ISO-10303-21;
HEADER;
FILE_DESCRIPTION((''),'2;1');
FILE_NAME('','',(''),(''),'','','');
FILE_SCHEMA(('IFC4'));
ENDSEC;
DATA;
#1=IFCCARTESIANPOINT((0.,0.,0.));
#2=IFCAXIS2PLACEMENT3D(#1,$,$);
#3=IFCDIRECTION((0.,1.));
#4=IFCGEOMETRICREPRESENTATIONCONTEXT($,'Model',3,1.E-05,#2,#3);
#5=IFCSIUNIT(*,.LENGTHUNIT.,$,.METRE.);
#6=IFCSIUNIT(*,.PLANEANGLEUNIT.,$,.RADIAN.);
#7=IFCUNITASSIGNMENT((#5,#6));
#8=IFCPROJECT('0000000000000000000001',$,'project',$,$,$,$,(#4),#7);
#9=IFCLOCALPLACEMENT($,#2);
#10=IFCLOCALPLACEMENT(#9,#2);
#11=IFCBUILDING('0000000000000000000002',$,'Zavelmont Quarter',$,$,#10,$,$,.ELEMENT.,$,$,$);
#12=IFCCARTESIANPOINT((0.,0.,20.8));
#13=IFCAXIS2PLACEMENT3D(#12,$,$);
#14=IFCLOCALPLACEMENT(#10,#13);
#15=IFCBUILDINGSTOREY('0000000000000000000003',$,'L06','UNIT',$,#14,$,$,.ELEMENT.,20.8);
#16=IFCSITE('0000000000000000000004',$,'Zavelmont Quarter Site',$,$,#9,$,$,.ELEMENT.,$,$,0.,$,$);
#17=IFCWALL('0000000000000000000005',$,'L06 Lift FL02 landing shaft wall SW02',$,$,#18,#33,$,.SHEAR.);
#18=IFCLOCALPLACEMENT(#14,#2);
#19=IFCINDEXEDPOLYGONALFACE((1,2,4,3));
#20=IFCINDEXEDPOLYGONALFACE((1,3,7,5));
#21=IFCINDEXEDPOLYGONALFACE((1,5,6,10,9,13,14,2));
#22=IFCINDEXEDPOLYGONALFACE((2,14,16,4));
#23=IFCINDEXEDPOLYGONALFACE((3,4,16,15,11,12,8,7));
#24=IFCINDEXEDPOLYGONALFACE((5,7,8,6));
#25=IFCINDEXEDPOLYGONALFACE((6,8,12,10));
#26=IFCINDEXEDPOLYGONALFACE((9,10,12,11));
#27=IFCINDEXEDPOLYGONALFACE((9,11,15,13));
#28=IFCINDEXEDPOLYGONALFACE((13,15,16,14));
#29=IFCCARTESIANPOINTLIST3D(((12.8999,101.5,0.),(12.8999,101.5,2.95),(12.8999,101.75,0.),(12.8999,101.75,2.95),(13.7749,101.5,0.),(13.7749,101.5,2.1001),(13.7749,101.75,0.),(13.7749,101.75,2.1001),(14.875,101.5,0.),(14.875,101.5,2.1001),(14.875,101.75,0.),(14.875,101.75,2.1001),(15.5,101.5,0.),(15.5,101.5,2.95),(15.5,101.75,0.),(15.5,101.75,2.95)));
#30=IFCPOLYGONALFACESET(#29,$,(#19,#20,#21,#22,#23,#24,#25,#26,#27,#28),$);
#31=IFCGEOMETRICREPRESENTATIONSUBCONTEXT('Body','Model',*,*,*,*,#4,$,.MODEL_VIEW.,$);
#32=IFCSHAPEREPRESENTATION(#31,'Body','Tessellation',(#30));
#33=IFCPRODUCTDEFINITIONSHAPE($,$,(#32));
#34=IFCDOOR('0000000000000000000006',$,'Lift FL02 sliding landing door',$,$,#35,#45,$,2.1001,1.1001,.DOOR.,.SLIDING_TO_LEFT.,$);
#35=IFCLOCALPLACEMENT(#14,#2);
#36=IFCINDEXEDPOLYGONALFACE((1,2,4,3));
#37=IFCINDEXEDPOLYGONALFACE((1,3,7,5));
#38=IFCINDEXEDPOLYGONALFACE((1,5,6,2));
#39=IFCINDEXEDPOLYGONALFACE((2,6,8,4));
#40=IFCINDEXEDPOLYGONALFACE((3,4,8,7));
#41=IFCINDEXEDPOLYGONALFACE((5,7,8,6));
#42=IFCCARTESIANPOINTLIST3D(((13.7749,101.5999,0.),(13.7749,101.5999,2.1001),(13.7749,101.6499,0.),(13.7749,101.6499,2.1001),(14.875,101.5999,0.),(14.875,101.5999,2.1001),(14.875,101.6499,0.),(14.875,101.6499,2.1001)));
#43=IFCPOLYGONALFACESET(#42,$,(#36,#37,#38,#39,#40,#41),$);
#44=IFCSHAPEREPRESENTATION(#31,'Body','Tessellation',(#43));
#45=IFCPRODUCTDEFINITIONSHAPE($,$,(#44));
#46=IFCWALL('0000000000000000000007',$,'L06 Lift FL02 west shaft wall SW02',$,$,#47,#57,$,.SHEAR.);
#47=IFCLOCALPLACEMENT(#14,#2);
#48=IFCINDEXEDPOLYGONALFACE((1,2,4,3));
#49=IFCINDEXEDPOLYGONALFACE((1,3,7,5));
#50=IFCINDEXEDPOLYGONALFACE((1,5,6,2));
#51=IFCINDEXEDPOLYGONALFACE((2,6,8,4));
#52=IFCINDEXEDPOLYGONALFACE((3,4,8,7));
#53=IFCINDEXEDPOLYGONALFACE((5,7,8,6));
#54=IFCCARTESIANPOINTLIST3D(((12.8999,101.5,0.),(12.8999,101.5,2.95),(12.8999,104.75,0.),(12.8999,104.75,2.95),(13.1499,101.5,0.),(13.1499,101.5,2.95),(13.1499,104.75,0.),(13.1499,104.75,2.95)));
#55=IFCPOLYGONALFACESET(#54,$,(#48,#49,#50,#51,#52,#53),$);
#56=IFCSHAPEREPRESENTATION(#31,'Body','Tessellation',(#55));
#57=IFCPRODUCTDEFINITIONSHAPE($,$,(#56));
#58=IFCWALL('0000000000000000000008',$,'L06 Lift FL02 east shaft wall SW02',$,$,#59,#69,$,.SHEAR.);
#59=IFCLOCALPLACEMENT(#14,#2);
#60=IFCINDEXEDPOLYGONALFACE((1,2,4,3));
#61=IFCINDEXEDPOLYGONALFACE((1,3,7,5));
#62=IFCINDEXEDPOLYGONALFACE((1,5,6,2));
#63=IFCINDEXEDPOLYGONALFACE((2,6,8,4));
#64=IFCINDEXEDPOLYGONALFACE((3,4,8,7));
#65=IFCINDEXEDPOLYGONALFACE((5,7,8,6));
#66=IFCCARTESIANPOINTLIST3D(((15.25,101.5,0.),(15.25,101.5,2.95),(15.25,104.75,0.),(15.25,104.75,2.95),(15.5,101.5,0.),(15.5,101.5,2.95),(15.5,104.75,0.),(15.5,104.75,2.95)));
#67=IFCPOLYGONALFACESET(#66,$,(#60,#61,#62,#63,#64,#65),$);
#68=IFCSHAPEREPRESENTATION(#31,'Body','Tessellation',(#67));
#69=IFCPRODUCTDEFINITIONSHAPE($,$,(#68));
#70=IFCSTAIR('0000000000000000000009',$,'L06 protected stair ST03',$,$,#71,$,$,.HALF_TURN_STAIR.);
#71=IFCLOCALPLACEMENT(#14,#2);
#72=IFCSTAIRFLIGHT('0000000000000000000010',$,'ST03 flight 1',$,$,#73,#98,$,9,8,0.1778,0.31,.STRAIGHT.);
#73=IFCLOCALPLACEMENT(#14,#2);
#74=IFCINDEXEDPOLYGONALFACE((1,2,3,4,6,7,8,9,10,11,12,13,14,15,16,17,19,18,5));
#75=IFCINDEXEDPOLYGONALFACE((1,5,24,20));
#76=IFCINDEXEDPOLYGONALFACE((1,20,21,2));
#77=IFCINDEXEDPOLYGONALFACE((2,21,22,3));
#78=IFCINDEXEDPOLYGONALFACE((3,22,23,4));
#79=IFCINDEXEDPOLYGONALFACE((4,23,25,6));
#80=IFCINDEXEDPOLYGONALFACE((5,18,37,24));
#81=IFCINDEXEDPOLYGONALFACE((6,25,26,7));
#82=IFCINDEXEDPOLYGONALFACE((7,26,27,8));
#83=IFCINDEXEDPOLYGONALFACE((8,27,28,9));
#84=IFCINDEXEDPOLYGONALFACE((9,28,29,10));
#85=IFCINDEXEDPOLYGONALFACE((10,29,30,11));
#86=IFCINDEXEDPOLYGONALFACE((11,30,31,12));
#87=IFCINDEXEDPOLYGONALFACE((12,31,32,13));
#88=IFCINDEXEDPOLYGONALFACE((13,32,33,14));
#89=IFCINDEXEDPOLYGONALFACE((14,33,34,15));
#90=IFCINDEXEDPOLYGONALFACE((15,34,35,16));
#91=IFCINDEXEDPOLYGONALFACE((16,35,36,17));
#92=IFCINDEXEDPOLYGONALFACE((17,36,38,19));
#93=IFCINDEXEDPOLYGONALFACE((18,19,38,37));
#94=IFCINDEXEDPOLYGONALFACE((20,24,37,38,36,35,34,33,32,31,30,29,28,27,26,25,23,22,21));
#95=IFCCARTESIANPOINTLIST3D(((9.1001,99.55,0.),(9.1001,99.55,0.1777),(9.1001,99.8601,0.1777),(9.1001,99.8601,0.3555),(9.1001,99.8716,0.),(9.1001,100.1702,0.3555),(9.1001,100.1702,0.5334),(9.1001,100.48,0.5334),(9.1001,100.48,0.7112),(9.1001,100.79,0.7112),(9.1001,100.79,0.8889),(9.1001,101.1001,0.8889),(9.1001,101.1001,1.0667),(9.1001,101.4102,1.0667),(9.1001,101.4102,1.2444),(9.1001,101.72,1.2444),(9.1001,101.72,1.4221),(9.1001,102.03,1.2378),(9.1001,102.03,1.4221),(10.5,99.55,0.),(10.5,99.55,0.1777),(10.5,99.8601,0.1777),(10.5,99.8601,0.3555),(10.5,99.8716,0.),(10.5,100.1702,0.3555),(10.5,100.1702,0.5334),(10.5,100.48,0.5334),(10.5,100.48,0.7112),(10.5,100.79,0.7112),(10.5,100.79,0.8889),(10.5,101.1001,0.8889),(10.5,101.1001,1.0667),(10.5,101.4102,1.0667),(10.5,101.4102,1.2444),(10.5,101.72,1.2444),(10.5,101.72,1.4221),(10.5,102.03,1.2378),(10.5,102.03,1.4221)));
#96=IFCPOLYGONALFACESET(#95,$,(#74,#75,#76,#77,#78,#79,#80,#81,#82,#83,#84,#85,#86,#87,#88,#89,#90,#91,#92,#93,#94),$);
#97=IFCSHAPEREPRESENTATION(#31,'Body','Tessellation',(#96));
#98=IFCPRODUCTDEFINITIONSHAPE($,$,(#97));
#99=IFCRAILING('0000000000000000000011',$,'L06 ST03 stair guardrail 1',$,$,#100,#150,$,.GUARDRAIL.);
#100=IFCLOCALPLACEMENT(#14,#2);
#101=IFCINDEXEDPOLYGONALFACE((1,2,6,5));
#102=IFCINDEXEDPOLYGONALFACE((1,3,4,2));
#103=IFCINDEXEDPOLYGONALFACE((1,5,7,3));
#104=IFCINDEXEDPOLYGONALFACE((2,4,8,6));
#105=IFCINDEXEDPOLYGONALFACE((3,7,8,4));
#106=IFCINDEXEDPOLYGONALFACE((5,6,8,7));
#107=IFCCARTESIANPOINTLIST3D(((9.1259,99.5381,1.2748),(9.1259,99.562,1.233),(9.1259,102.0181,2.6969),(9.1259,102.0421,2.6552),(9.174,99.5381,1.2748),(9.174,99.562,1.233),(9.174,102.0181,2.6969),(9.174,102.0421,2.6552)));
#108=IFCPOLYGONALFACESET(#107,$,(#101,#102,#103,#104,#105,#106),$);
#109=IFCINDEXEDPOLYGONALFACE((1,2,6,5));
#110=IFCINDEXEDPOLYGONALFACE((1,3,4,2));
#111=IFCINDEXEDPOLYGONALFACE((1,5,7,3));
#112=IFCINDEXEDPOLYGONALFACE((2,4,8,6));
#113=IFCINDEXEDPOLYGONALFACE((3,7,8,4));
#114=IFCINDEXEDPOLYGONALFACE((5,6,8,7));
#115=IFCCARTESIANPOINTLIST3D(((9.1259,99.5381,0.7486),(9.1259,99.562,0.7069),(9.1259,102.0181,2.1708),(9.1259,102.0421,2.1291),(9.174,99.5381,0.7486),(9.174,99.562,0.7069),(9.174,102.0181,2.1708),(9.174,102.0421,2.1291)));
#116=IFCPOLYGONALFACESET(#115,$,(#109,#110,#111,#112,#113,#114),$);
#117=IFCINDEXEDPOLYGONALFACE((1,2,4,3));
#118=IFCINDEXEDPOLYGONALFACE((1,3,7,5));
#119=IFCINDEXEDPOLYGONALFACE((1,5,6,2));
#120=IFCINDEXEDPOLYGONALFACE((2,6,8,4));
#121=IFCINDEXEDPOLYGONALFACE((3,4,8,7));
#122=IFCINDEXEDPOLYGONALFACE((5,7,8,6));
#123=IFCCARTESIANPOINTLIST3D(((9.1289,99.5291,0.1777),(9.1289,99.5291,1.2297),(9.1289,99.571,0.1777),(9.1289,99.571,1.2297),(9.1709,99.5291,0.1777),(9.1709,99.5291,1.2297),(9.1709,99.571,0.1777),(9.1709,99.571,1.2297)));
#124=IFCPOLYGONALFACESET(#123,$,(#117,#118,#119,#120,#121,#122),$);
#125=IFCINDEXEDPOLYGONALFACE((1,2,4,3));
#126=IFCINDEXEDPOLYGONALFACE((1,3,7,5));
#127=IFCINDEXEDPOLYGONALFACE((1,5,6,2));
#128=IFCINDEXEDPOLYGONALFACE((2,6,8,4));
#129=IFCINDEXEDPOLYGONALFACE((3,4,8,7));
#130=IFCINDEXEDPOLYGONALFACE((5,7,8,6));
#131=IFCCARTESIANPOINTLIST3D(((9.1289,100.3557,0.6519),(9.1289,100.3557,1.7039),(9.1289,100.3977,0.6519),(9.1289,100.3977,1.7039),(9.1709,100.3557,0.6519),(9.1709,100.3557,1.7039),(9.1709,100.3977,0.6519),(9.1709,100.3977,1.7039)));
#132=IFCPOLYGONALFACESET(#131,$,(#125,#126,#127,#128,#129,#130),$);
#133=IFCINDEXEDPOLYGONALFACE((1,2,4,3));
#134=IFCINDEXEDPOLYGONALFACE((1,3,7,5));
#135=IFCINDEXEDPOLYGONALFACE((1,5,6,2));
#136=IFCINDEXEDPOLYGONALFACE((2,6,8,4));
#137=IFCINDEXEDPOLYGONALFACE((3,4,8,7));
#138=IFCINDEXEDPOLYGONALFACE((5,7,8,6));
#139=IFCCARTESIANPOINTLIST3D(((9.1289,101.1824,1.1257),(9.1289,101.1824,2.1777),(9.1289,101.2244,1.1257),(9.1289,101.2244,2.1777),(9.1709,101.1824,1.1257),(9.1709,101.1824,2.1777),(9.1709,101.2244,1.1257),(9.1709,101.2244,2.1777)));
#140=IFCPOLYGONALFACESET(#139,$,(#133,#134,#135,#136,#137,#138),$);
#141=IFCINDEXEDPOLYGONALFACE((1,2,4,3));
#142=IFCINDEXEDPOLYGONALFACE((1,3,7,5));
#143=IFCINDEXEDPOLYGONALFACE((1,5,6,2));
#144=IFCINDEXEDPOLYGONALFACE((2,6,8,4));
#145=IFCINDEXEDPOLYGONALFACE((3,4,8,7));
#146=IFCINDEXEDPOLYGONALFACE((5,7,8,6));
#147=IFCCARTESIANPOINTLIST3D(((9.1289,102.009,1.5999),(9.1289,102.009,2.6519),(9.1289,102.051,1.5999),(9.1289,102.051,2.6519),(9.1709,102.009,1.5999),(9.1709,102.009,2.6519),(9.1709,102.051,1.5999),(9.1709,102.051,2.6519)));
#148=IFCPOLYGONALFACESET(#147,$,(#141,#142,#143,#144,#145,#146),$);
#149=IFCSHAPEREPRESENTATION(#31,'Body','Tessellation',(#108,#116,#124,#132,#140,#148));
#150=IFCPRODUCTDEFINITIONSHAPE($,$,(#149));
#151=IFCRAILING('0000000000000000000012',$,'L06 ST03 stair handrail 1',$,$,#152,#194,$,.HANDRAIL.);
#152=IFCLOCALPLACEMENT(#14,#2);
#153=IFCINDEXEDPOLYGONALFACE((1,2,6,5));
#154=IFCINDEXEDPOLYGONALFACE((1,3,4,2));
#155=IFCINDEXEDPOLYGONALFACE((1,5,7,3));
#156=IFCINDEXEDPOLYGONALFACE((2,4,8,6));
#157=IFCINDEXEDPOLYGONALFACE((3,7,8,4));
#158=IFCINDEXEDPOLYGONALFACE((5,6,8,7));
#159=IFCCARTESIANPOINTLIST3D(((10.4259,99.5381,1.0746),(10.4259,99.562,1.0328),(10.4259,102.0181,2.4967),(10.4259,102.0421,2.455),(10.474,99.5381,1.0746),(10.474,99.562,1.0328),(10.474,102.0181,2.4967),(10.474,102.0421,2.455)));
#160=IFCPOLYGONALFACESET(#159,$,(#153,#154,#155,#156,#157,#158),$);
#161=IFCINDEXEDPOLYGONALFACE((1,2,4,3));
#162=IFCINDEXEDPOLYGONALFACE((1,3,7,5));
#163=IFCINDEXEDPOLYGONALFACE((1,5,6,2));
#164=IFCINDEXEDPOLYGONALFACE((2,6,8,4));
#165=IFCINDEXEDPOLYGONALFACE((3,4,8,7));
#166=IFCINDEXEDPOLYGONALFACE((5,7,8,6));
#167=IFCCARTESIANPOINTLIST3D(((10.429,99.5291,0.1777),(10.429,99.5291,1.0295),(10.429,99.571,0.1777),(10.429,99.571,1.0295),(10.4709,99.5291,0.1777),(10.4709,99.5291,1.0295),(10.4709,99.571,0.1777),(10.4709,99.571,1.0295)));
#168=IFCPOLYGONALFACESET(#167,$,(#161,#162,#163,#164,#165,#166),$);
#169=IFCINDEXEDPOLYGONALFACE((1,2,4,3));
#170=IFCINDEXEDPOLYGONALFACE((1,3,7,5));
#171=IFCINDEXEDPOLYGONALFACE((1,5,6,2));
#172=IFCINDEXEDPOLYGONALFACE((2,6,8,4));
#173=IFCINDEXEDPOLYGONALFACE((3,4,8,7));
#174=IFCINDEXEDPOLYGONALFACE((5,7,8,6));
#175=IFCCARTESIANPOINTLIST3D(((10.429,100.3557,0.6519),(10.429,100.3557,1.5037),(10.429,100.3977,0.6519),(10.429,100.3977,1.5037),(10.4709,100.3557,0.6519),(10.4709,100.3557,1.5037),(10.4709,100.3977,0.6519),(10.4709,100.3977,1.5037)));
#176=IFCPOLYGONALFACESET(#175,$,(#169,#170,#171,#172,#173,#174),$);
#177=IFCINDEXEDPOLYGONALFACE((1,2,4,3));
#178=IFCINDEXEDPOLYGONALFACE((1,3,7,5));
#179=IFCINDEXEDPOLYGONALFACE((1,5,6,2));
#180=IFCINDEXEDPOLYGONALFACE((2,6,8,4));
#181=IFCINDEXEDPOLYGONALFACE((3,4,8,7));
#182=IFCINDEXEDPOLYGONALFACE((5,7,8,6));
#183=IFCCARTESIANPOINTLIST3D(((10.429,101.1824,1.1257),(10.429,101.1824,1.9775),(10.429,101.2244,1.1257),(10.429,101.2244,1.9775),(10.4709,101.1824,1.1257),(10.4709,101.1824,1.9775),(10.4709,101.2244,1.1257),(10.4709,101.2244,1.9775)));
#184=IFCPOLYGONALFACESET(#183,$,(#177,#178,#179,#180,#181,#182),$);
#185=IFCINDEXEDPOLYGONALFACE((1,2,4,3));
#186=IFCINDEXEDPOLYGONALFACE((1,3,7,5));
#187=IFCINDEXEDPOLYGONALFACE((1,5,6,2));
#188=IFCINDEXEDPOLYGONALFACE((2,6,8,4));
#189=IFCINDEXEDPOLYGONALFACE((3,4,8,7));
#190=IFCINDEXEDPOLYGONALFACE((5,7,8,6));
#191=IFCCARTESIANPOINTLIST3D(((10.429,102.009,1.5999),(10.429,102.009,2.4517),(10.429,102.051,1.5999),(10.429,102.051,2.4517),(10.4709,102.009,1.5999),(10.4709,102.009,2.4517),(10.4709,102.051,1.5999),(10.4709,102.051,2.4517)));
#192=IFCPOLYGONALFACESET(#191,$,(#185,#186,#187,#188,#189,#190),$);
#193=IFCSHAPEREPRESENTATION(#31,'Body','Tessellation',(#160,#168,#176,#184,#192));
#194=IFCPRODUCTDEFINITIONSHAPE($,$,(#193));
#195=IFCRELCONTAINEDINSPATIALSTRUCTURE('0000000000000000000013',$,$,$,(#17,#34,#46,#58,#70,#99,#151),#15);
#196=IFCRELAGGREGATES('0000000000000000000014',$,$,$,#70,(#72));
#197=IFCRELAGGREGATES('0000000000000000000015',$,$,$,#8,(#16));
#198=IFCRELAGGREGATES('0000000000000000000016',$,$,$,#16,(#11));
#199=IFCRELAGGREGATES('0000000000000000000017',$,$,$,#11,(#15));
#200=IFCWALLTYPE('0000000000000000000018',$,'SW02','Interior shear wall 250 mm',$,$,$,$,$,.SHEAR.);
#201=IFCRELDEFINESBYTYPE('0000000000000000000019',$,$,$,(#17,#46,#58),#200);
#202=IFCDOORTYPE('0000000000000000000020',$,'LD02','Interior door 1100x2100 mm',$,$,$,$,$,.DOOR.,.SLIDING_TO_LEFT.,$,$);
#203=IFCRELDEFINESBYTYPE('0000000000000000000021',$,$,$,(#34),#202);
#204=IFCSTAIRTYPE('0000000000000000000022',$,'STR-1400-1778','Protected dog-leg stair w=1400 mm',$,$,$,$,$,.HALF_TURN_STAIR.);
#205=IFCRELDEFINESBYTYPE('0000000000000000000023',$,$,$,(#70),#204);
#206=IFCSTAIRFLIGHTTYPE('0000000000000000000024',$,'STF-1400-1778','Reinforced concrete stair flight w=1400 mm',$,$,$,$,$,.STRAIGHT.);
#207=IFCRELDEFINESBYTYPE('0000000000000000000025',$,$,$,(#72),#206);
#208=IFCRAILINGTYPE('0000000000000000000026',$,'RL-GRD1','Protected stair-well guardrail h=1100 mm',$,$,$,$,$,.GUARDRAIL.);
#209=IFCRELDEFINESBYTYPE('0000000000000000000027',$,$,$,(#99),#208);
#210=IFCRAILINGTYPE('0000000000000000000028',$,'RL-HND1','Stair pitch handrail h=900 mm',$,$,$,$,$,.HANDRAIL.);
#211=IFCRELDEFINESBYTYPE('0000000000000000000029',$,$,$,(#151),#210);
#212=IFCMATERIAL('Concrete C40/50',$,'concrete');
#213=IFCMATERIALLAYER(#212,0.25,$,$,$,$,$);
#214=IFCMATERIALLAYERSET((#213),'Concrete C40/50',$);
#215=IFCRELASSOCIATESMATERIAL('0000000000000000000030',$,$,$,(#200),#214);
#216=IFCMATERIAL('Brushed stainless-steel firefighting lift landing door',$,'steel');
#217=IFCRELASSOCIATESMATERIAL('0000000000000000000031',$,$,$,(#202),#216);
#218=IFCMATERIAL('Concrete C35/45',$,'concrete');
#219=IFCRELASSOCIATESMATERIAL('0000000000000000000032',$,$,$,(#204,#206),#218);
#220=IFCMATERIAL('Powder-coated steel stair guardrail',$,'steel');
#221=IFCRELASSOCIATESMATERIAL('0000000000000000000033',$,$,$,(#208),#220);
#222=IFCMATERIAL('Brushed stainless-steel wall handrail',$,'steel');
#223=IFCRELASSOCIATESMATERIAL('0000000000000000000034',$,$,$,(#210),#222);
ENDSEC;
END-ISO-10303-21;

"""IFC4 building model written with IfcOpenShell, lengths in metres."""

from ifc_helpers import new_model, si_unit, direction, frame, frame_2d, origin, origin_with_axes, origin_2d, place, context, subcontext, project, spatial, polyline, rectangle, outline, extrude, material, layer, layer_set, type_object, element, fill, aggregate, save


model = new_model("IFC4")

# Units and contexts
model_context = context("Model", 3, precision=1e-05, world=origin(), true_north=direction((0.0, 1.0)))
body_context = subcontext(model_context, "Body", "Model", "MODEL_VIEW")
ifc_project = project(units=[si_unit("LENGTHUNIT", "METRE"), si_unit("PLANEANGLEUNIT", "RADIAN")], contexts=[model_context])

# Site, building, storey
site_placement = place(None, origin())
site = spatial("IfcSite", under=ifc_project, at=site_placement, Name="Zavelmont Quarter Site", CompositionType="ELEMENT", RefElevation=0.0)
building_placement = place(site_placement, origin())
building = spatial("IfcBuilding", under=site, at=building_placement, Name="Zavelmont Quarter", CompositionType="ELEMENT")
storey_placement = place(building_placement, frame((0.0, 0.0, 20.8)))
storey = spatial("IfcBuildingStorey", under=building, at=storey_placement, Name="L06", Description="UNIT", CompositionType="ELEMENT", Elevation=20.8)

# Shared definitions
ifc_material_1 = material(Name="Concrete C35/45", Category="concrete")

# Wall, opening, door
ifc_material_2 = material(Name="Concrete C40/50", Category="concrete")
ifc_layer_1 = layer(ifc_material_2, 0.25)
ifc_layer_set_1 = layer_set([ifc_layer_1], Name="Concrete C40/50")
wall_type_1 = type_object("IfcWallType", Name="SW02", Description="Interior shear wall 250 mm", PredefinedType="SHEAR", material=ifc_layer_set_1)
wall_1_placement = place(storey_placement, frame((12.8999, 101.625, 0.0), z_axis=(0.0, 0.0, 1.0), x_axis=(1.0, 0.0, 0.0)))
wall_1 = element("IfcWall", 1, at=wall_1_placement, inside=storey, type_object=wall_type_1, Name="L06 Lift FL02 landing shaft wall SW02", PredefinedType="SHEAR", context=body_context, shape_type="SweptSolid", body=[
    extrude(rectangle(XDim=2.6001, YDim=0.25, at=frame_2d((1.3, 0.0))), origin(), (0.0, 0.0, 1.0), 2.95),
])
opening_1_placement = place(wall_1_placement, frame((0.875, 0.0, 0.0)))
opening_1 = element("IfcOpeningElement", 2, at=opening_1_placement, cuts=wall_1, PredefinedType="OPENING", context=body_context, shape_type="SweptSolid", body=[
    extrude(rectangle(XDim=1.1001, YDim=2.1001, at=frame_2d((0.55, 1.05))), frame((0.0, 0.137, 0.0), z_axis=(0.0, -1.0, 0.0), x_axis=(1.0, 0.0, 0.0)), (0.0, 0.0, 1.0), 0.2739),
])
ifc_material_3 = material(Name="Brushed stainless-steel firefighting lift landing door", Category="steel")
door_type_1 = type_object("IfcDoorType", Name="LD02", Description="Interior door 1100x2100 mm", OperationType="SLIDING_TO_LEFT", PredefinedType="DOOR", material=ifc_material_3)
door_1_placement = place(opening_1_placement, origin_with_axes())
door_1 = element("IfcDoor", 3, at=door_1_placement, inside=storey, type_object=door_type_1, Name="Lift FL02 sliding landing door", OperationType="SLIDING_TO_LEFT", OverallHeight=2.1001, OverallWidth=1.1001, PredefinedType="DOOR", context=body_context, shape_type="SweptSolid", body=[
    extrude(rectangle(XDim=1.1001, YDim=2.1001, at=frame_2d((0.55, 1.05))), frame((0.0, 0.0249, 0.0), z_axis=(0.0, -1.0, 0.0), x_axis=(1.0, 0.0, 0.0)), (0.0, 0.0, 1.0), 0.05),
])
fill(opening_1, door_1)

# Walls
for number, where, z_axis, x_axis, name in (
    (4, (13.0249, 101.5, 0.0), (0.0, 0.0, 1.0), (0.0, 1.0, 0.0), "L06 Lift FL02 west shaft wall SW02"),
    (5, (15.375, 101.5, 0.0), (0.0, 0.0, 1.0), (0.0, 1.0, 0.0), "L06 Lift FL02 east shaft wall SW02"),
):
    element("IfcWall", number, at=place(storey_placement, frame(where, z_axis=z_axis, x_axis=x_axis)), inside=storey, type_object=wall_type_1, Name=name, PredefinedType="SHEAR", context=body_context, shape_type="SweptSolid", body=[
        extrude(rectangle(XDim=3.25, YDim=0.25, at=frame_2d((1.625, 0.0))), origin(), (0.0, 0.0, 1.0), 2.95),
    ])

# Stair, stair flight
stair_type = type_object("IfcStairType", Name="STR-1400-1778", Description="Protected dog-leg stair w=1400 mm", PredefinedType="HALF_TURN_STAIR", material=ifc_material_1)
stair_placement = place(storey_placement, origin())
stair = element("IfcStair", 6, at=stair_placement, inside=storey, type_object=stair_type, Name="L06 protected stair ST03", PredefinedType="HALF_TURN_STAIR")
stair_flight_type = type_object("IfcStairFlightType", Name="STF-1400-1778", Description="Reinforced concrete stair flight w=1400 mm", PredefinedType="STRAIGHT", material=ifc_material_1)
stair_flight_placement = place(storey_placement, frame((9.8, 99.55, 0.0), z_axis=(0.0, 0.0, 1.0), x_axis=(0.0, 1.0, 0.0)))
stair_flight = element("IfcStairFlight", 7, at=stair_flight_placement, type_object=stair_flight_type, Name="ST03 flight 1", NumberOfRisers=9, NumberOfTreads=8, PredefinedType="STRAIGHT", RiserHeight=0.1778, TreadLength=0.31, context=body_context, shape_type="SweptSolid", body=[
    extrude(outline(polyline([(0.0, 0.0), (0.0, 0.1777), (0.3101, 0.1777), (0.3101, 0.3555), (0.6201, 0.3555), (0.6201, 0.5334), (0.9299, 0.5334), (0.9299, 0.7112), (1.24, 0.7112), (1.24, 0.8889), (1.55, 0.8889), (1.55, 1.0667), (1.8601, 1.0667), (1.8601, 1.2444), (2.1699, 1.2444), (2.1699, 1.4221), (2.48, 1.4221), (2.48, 1.6001), (2.48, 1.2378), (0.3215, 0.0), (0.0, 0.0)])), frame((0.0, 0.7, 0.0), z_axis=(0.0, -1.0, 0.0), x_axis=(1.0, 0.0, 0.0)), (0.0, 0.0, 1.0), 1.3999),
])
aggregate(stair, [stair_flight])

# Railings
ifc_material_4 = material(Name="Powder-coated steel stair guardrail", Category="steel")
railing_type_1 = type_object("IfcRailingType", Name="RL-GRD1", Description="Protected stair-well guardrail h=1100 mm", PredefinedType="GUARDRAIL", material=ifc_material_4)
railing_1_placement = place(storey_placement, frame((9.1499, 99.55, 0.1777)))
element("IfcRailing", 8, at=railing_1_placement, inside=storey, type_object=railing_type_1, Name="L06 ST03 stair guardrail 1", PredefinedType="GUARDRAIL", context=body_context, shape_type="SweptSolid", body=[
    extrude(rectangle(XDim=0.0481, YDim=0.0481, at=origin_2d()), frame((0.0, 0.0, 1.0762), z_axis=(0.0, 0.867491, 0.497454), x_axis=(-1.0, 0.0, 0.0)), (0.0, 0.0, 1.0), 2.8589),
    extrude(rectangle(XDim=0.0481, YDim=0.0481, at=origin_2d()), frame((0.0, 0.0, 0.55), z_axis=(0.0, 0.867491, 0.497454), x_axis=(-1.0, 0.0, 0.0)), (0.0, 0.0, 1.0), 2.8589),
    extrude(rectangle(XDim=0.042, YDim=0.042, at=origin_2d()), origin(), (0.0, 0.0, 1.0), 1.052),
    extrude(rectangle(XDim=0.042, YDim=0.042, at=origin_2d()), frame((0.0, 0.8267, 0.4741)), (0.0, 0.0, 1.0), 1.052),
    extrude(rectangle(XDim=0.042, YDim=0.042, at=origin_2d()), frame((0.0, 1.6533, 0.948)), (0.0, 0.0, 1.0), 1.052),
    extrude(rectangle(XDim=0.042, YDim=0.042, at=origin_2d()), frame((0.0, 2.48, 1.4221)), (0.0, 0.0, 1.0), 1.052),
])
ifc_material_5 = material(Name="Brushed stainless-steel wall handrail", Category="steel")
railing_type_2 = type_object("IfcRailingType", Name="RL-HND1", Description="Stair pitch handrail h=900 mm", PredefinedType="HANDRAIL", material=ifc_material_5)
railing_2_placement = place(storey_placement, frame((10.45, 99.55, 0.1777)))
element("IfcRailing", 9, at=railing_2_placement, inside=storey, type_object=railing_type_2, Name="L06 ST03 stair handrail 1", PredefinedType="HANDRAIL", context=body_context, shape_type="SweptSolid", body=[
    extrude(rectangle(XDim=0.0481, YDim=0.0481, at=origin_2d()), frame((0.0, 0.0, 0.876), z_axis=(0.0, 0.867491, 0.497454), x_axis=(-1.0, 0.0, 0.0)), (0.0, 0.0, 1.0), 2.8589),
    extrude(rectangle(XDim=0.042, YDim=0.042, at=origin_2d()), origin(), (0.0, 0.0, 1.0), 0.8518),
    extrude(rectangle(XDim=0.042, YDim=0.042, at=origin_2d()), frame((0.0, 0.8267, 0.4741)), (0.0, 0.0, 1.0), 0.8518),
    extrude(rectangle(XDim=0.042, YDim=0.042, at=origin_2d()), frame((0.0, 1.6533, 0.948)), (0.0, 0.0, 1.0), 0.8518),
    extrude(rectangle(XDim=0.042, YDim=0.042, at=origin_2d()), frame((0.0, 2.48, 1.4221)), (0.0, 0.0, 1.0), 0.8518),
])

save(model, "model.ifc")
